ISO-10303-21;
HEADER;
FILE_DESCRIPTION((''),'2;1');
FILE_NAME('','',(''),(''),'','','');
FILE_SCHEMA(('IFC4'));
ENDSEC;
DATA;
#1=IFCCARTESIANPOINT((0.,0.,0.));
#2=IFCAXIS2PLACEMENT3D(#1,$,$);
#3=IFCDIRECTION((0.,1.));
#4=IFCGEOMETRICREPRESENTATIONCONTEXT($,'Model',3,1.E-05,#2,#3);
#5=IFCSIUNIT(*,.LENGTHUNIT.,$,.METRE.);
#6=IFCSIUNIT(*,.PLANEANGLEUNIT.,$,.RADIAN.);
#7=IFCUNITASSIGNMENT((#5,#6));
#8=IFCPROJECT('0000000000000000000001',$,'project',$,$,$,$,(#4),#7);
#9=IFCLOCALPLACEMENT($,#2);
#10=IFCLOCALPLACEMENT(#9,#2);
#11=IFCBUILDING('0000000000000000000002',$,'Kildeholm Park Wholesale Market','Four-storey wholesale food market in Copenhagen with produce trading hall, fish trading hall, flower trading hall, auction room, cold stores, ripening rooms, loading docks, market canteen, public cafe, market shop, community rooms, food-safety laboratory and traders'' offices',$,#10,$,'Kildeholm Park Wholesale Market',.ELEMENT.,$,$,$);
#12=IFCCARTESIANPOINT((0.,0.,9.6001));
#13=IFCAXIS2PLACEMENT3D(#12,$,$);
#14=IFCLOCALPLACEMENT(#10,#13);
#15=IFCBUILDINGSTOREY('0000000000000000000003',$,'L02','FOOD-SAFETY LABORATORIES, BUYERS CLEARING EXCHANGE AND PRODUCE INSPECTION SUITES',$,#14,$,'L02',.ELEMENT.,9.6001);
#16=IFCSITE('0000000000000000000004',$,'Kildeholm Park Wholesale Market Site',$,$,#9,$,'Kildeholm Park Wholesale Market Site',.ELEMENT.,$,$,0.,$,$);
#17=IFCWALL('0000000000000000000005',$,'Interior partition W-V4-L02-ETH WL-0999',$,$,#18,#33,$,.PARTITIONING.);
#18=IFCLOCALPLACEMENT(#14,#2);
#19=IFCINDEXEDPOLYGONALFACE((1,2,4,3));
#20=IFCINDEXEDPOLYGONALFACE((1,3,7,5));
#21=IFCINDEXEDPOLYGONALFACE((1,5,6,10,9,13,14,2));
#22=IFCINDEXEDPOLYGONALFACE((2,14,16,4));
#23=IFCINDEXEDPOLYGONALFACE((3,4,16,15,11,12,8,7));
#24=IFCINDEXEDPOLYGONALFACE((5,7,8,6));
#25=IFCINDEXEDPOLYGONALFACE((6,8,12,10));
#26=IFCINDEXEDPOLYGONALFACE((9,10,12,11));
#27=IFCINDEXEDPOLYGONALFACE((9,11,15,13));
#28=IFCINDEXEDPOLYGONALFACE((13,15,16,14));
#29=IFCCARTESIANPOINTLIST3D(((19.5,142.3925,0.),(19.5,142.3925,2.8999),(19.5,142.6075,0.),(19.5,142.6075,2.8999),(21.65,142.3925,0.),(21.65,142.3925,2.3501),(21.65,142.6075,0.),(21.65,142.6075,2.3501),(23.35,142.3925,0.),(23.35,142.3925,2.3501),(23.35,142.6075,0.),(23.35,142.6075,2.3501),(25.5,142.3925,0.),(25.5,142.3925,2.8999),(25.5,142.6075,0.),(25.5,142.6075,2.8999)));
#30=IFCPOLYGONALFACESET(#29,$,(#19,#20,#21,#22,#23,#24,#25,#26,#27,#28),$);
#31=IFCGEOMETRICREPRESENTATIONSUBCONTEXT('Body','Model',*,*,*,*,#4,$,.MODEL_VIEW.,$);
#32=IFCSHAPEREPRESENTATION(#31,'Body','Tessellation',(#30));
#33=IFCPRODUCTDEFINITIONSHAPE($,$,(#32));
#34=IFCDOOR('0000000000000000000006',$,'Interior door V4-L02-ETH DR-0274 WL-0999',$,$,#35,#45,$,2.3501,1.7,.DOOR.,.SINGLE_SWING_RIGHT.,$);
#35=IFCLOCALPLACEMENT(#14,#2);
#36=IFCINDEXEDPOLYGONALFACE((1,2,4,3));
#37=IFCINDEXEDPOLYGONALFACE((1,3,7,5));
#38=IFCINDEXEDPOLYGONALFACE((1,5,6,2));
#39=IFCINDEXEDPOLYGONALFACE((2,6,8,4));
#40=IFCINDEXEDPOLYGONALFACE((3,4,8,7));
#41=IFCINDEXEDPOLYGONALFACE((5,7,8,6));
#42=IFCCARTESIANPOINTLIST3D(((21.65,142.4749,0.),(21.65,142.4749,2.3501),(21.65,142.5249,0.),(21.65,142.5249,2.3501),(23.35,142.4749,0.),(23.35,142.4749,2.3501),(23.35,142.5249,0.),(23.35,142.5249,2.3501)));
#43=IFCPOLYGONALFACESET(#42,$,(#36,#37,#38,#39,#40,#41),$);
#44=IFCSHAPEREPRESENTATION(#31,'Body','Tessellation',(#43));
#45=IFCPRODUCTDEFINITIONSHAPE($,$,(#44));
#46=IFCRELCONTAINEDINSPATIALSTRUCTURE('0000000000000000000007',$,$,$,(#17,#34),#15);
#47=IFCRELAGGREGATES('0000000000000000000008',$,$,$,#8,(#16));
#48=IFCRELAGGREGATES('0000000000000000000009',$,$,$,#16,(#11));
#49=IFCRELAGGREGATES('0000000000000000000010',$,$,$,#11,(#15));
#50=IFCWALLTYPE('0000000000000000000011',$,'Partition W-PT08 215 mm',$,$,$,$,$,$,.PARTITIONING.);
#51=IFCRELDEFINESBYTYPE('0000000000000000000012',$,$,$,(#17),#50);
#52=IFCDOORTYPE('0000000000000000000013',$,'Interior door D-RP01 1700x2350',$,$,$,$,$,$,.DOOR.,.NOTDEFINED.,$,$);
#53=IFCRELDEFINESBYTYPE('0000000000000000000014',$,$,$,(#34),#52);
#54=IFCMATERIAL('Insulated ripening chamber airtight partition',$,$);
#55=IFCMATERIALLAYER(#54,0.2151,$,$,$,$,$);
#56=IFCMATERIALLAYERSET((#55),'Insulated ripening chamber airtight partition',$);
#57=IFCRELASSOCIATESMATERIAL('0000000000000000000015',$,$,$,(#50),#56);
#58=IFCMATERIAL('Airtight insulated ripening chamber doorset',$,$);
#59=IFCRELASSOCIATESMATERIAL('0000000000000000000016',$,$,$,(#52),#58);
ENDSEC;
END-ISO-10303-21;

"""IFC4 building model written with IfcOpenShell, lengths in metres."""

from ifc_helpers import new_model, si_unit, direction, frame, frame_2d, origin, place, context, subcontext, project, spatial, rectangle, extrude, material, layer, layer_set, type_object, element, fill, save


model = new_model("IFC4")

# Units and contexts
model_context = context("Model", 3, precision=1e-05, world=origin(), true_north=direction((0.0, 1.0)))
body_context = subcontext(model_context, "Body", "Model", "MODEL_VIEW")
ifc_project = project(units=[si_unit("LENGTHUNIT", "METRE"), si_unit("PLANEANGLEUNIT", "RADIAN")], contexts=[model_context])

# Site, building, storey
site_placement = place(None, origin())
site = spatial("IfcSite", under=ifc_project, at=site_placement, Name="Kildeholm Park Wholesale Market Site", LongName="Kildeholm Park Wholesale Market Site", CompositionType="ELEMENT", RefElevation=0.0)
building_placement = place(site_placement, origin())
building = spatial("IfcBuilding", under=site, at=building_placement, Name="Kildeholm Park Wholesale Market", Description="Four-storey wholesale food market in Copenhagen with produce trading hall, fish trading hall, flower trading hall, auction room, cold stores, ripening rooms, loading docks, market canteen, public cafe, market shop, community rooms, food-safety laboratory and traders' offices", LongName="Kildeholm Park Wholesale Market", CompositionType="ELEMENT")
storey_placement = place(building_placement, frame((0.0, 0.0, 9.6001)))
storey = spatial("IfcBuildingStorey", under=building, at=storey_placement, Name="L02", Description="FOOD-SAFETY LABORATORIES, BUYERS CLEARING EXCHANGE AND PRODUCE INSPECTION SUITES", LongName="L02", CompositionType="ELEMENT", Elevation=9.6001)

# Wall, opening, door
ifc_material_1 = material(Name="Insulated ripening chamber airtight partition")
ifc_layer_1 = layer(ifc_material_1, 0.2151)
ifc_layer_set_1 = layer_set([ifc_layer_1], Name="Insulated ripening chamber airtight partition")
wall_type_1 = type_object("IfcWallType", Name="Partition W-PT08 215 mm", PredefinedType="PARTITIONING", material=ifc_layer_set_1)
wall_1_placement = place(storey_placement, frame((19.5, 142.5, 0.0), z_axis=(0.0, 0.0, 1.0), x_axis=(1.0, 0.0, 0.0)))
wall_1 = element("IfcWall", 1, at=wall_1_placement, inside=storey, type_object=wall_type_1, Name="Interior partition W-V4-L02-ETH WL-0999", PredefinedType="PARTITIONING", context=body_context, shape_type="SweptSolid", body=[
    extrude(rectangle(XDim=6.0, YDim=0.2151, at=frame_2d((3.0, 0.0))), origin(), (0.0, 0.0, 1.0), 2.8999),
])
opening_1_placement = place(wall_1_placement, frame((2.1499, 0.0, 0.0)))
opening_1 = element("IfcOpeningElement", 2, at=opening_1_placement, cuts=wall_1, PredefinedType="OPENING", context=body_context, shape_type="SweptSolid", body=[
    extrude(rectangle(XDim=1.7, YDim=2.3501, at=frame_2d((0.8501, 1.175))), frame((0.0, 0.1174, 0.0), z_axis=(0.0, -1.0, 0.0), x_axis=(1.0, 0.0, 0.0)), (0.0, 0.0, 1.0), 0.2351),
])
ifc_material_2 = material(Name="Airtight insulated ripening chamber doorset")
door_type = type_object("IfcDoorType", Name="Interior door D-RP01 1700x2350", OperationType="NOTDEFINED", PredefinedType="DOOR", material=ifc_material_2)
door_placement = place(opening_1_placement, origin())
door = element("IfcDoor", 3, at=door_placement, inside=storey, type_object=door_type, Name="Interior door V4-L02-ETH DR-0274 WL-0999", OperationType="SINGLE_SWING_RIGHT", OverallHeight=2.3501, OverallWidth=1.7, PredefinedType="DOOR", context=body_context, shape_type="SweptSolid", body=[
    extrude(rectangle(XDim=1.7, YDim=2.3501, at=frame_2d((0.8501, 1.175))), frame((0.0, 0.0249, 0.0), z_axis=(0.0, -1.0, 0.0), x_axis=(1.0, 0.0, 0.0)), (0.0, 0.0, 1.0), 0.05),
])
fill(opening_1, door)

save(model, "model.ifc")
